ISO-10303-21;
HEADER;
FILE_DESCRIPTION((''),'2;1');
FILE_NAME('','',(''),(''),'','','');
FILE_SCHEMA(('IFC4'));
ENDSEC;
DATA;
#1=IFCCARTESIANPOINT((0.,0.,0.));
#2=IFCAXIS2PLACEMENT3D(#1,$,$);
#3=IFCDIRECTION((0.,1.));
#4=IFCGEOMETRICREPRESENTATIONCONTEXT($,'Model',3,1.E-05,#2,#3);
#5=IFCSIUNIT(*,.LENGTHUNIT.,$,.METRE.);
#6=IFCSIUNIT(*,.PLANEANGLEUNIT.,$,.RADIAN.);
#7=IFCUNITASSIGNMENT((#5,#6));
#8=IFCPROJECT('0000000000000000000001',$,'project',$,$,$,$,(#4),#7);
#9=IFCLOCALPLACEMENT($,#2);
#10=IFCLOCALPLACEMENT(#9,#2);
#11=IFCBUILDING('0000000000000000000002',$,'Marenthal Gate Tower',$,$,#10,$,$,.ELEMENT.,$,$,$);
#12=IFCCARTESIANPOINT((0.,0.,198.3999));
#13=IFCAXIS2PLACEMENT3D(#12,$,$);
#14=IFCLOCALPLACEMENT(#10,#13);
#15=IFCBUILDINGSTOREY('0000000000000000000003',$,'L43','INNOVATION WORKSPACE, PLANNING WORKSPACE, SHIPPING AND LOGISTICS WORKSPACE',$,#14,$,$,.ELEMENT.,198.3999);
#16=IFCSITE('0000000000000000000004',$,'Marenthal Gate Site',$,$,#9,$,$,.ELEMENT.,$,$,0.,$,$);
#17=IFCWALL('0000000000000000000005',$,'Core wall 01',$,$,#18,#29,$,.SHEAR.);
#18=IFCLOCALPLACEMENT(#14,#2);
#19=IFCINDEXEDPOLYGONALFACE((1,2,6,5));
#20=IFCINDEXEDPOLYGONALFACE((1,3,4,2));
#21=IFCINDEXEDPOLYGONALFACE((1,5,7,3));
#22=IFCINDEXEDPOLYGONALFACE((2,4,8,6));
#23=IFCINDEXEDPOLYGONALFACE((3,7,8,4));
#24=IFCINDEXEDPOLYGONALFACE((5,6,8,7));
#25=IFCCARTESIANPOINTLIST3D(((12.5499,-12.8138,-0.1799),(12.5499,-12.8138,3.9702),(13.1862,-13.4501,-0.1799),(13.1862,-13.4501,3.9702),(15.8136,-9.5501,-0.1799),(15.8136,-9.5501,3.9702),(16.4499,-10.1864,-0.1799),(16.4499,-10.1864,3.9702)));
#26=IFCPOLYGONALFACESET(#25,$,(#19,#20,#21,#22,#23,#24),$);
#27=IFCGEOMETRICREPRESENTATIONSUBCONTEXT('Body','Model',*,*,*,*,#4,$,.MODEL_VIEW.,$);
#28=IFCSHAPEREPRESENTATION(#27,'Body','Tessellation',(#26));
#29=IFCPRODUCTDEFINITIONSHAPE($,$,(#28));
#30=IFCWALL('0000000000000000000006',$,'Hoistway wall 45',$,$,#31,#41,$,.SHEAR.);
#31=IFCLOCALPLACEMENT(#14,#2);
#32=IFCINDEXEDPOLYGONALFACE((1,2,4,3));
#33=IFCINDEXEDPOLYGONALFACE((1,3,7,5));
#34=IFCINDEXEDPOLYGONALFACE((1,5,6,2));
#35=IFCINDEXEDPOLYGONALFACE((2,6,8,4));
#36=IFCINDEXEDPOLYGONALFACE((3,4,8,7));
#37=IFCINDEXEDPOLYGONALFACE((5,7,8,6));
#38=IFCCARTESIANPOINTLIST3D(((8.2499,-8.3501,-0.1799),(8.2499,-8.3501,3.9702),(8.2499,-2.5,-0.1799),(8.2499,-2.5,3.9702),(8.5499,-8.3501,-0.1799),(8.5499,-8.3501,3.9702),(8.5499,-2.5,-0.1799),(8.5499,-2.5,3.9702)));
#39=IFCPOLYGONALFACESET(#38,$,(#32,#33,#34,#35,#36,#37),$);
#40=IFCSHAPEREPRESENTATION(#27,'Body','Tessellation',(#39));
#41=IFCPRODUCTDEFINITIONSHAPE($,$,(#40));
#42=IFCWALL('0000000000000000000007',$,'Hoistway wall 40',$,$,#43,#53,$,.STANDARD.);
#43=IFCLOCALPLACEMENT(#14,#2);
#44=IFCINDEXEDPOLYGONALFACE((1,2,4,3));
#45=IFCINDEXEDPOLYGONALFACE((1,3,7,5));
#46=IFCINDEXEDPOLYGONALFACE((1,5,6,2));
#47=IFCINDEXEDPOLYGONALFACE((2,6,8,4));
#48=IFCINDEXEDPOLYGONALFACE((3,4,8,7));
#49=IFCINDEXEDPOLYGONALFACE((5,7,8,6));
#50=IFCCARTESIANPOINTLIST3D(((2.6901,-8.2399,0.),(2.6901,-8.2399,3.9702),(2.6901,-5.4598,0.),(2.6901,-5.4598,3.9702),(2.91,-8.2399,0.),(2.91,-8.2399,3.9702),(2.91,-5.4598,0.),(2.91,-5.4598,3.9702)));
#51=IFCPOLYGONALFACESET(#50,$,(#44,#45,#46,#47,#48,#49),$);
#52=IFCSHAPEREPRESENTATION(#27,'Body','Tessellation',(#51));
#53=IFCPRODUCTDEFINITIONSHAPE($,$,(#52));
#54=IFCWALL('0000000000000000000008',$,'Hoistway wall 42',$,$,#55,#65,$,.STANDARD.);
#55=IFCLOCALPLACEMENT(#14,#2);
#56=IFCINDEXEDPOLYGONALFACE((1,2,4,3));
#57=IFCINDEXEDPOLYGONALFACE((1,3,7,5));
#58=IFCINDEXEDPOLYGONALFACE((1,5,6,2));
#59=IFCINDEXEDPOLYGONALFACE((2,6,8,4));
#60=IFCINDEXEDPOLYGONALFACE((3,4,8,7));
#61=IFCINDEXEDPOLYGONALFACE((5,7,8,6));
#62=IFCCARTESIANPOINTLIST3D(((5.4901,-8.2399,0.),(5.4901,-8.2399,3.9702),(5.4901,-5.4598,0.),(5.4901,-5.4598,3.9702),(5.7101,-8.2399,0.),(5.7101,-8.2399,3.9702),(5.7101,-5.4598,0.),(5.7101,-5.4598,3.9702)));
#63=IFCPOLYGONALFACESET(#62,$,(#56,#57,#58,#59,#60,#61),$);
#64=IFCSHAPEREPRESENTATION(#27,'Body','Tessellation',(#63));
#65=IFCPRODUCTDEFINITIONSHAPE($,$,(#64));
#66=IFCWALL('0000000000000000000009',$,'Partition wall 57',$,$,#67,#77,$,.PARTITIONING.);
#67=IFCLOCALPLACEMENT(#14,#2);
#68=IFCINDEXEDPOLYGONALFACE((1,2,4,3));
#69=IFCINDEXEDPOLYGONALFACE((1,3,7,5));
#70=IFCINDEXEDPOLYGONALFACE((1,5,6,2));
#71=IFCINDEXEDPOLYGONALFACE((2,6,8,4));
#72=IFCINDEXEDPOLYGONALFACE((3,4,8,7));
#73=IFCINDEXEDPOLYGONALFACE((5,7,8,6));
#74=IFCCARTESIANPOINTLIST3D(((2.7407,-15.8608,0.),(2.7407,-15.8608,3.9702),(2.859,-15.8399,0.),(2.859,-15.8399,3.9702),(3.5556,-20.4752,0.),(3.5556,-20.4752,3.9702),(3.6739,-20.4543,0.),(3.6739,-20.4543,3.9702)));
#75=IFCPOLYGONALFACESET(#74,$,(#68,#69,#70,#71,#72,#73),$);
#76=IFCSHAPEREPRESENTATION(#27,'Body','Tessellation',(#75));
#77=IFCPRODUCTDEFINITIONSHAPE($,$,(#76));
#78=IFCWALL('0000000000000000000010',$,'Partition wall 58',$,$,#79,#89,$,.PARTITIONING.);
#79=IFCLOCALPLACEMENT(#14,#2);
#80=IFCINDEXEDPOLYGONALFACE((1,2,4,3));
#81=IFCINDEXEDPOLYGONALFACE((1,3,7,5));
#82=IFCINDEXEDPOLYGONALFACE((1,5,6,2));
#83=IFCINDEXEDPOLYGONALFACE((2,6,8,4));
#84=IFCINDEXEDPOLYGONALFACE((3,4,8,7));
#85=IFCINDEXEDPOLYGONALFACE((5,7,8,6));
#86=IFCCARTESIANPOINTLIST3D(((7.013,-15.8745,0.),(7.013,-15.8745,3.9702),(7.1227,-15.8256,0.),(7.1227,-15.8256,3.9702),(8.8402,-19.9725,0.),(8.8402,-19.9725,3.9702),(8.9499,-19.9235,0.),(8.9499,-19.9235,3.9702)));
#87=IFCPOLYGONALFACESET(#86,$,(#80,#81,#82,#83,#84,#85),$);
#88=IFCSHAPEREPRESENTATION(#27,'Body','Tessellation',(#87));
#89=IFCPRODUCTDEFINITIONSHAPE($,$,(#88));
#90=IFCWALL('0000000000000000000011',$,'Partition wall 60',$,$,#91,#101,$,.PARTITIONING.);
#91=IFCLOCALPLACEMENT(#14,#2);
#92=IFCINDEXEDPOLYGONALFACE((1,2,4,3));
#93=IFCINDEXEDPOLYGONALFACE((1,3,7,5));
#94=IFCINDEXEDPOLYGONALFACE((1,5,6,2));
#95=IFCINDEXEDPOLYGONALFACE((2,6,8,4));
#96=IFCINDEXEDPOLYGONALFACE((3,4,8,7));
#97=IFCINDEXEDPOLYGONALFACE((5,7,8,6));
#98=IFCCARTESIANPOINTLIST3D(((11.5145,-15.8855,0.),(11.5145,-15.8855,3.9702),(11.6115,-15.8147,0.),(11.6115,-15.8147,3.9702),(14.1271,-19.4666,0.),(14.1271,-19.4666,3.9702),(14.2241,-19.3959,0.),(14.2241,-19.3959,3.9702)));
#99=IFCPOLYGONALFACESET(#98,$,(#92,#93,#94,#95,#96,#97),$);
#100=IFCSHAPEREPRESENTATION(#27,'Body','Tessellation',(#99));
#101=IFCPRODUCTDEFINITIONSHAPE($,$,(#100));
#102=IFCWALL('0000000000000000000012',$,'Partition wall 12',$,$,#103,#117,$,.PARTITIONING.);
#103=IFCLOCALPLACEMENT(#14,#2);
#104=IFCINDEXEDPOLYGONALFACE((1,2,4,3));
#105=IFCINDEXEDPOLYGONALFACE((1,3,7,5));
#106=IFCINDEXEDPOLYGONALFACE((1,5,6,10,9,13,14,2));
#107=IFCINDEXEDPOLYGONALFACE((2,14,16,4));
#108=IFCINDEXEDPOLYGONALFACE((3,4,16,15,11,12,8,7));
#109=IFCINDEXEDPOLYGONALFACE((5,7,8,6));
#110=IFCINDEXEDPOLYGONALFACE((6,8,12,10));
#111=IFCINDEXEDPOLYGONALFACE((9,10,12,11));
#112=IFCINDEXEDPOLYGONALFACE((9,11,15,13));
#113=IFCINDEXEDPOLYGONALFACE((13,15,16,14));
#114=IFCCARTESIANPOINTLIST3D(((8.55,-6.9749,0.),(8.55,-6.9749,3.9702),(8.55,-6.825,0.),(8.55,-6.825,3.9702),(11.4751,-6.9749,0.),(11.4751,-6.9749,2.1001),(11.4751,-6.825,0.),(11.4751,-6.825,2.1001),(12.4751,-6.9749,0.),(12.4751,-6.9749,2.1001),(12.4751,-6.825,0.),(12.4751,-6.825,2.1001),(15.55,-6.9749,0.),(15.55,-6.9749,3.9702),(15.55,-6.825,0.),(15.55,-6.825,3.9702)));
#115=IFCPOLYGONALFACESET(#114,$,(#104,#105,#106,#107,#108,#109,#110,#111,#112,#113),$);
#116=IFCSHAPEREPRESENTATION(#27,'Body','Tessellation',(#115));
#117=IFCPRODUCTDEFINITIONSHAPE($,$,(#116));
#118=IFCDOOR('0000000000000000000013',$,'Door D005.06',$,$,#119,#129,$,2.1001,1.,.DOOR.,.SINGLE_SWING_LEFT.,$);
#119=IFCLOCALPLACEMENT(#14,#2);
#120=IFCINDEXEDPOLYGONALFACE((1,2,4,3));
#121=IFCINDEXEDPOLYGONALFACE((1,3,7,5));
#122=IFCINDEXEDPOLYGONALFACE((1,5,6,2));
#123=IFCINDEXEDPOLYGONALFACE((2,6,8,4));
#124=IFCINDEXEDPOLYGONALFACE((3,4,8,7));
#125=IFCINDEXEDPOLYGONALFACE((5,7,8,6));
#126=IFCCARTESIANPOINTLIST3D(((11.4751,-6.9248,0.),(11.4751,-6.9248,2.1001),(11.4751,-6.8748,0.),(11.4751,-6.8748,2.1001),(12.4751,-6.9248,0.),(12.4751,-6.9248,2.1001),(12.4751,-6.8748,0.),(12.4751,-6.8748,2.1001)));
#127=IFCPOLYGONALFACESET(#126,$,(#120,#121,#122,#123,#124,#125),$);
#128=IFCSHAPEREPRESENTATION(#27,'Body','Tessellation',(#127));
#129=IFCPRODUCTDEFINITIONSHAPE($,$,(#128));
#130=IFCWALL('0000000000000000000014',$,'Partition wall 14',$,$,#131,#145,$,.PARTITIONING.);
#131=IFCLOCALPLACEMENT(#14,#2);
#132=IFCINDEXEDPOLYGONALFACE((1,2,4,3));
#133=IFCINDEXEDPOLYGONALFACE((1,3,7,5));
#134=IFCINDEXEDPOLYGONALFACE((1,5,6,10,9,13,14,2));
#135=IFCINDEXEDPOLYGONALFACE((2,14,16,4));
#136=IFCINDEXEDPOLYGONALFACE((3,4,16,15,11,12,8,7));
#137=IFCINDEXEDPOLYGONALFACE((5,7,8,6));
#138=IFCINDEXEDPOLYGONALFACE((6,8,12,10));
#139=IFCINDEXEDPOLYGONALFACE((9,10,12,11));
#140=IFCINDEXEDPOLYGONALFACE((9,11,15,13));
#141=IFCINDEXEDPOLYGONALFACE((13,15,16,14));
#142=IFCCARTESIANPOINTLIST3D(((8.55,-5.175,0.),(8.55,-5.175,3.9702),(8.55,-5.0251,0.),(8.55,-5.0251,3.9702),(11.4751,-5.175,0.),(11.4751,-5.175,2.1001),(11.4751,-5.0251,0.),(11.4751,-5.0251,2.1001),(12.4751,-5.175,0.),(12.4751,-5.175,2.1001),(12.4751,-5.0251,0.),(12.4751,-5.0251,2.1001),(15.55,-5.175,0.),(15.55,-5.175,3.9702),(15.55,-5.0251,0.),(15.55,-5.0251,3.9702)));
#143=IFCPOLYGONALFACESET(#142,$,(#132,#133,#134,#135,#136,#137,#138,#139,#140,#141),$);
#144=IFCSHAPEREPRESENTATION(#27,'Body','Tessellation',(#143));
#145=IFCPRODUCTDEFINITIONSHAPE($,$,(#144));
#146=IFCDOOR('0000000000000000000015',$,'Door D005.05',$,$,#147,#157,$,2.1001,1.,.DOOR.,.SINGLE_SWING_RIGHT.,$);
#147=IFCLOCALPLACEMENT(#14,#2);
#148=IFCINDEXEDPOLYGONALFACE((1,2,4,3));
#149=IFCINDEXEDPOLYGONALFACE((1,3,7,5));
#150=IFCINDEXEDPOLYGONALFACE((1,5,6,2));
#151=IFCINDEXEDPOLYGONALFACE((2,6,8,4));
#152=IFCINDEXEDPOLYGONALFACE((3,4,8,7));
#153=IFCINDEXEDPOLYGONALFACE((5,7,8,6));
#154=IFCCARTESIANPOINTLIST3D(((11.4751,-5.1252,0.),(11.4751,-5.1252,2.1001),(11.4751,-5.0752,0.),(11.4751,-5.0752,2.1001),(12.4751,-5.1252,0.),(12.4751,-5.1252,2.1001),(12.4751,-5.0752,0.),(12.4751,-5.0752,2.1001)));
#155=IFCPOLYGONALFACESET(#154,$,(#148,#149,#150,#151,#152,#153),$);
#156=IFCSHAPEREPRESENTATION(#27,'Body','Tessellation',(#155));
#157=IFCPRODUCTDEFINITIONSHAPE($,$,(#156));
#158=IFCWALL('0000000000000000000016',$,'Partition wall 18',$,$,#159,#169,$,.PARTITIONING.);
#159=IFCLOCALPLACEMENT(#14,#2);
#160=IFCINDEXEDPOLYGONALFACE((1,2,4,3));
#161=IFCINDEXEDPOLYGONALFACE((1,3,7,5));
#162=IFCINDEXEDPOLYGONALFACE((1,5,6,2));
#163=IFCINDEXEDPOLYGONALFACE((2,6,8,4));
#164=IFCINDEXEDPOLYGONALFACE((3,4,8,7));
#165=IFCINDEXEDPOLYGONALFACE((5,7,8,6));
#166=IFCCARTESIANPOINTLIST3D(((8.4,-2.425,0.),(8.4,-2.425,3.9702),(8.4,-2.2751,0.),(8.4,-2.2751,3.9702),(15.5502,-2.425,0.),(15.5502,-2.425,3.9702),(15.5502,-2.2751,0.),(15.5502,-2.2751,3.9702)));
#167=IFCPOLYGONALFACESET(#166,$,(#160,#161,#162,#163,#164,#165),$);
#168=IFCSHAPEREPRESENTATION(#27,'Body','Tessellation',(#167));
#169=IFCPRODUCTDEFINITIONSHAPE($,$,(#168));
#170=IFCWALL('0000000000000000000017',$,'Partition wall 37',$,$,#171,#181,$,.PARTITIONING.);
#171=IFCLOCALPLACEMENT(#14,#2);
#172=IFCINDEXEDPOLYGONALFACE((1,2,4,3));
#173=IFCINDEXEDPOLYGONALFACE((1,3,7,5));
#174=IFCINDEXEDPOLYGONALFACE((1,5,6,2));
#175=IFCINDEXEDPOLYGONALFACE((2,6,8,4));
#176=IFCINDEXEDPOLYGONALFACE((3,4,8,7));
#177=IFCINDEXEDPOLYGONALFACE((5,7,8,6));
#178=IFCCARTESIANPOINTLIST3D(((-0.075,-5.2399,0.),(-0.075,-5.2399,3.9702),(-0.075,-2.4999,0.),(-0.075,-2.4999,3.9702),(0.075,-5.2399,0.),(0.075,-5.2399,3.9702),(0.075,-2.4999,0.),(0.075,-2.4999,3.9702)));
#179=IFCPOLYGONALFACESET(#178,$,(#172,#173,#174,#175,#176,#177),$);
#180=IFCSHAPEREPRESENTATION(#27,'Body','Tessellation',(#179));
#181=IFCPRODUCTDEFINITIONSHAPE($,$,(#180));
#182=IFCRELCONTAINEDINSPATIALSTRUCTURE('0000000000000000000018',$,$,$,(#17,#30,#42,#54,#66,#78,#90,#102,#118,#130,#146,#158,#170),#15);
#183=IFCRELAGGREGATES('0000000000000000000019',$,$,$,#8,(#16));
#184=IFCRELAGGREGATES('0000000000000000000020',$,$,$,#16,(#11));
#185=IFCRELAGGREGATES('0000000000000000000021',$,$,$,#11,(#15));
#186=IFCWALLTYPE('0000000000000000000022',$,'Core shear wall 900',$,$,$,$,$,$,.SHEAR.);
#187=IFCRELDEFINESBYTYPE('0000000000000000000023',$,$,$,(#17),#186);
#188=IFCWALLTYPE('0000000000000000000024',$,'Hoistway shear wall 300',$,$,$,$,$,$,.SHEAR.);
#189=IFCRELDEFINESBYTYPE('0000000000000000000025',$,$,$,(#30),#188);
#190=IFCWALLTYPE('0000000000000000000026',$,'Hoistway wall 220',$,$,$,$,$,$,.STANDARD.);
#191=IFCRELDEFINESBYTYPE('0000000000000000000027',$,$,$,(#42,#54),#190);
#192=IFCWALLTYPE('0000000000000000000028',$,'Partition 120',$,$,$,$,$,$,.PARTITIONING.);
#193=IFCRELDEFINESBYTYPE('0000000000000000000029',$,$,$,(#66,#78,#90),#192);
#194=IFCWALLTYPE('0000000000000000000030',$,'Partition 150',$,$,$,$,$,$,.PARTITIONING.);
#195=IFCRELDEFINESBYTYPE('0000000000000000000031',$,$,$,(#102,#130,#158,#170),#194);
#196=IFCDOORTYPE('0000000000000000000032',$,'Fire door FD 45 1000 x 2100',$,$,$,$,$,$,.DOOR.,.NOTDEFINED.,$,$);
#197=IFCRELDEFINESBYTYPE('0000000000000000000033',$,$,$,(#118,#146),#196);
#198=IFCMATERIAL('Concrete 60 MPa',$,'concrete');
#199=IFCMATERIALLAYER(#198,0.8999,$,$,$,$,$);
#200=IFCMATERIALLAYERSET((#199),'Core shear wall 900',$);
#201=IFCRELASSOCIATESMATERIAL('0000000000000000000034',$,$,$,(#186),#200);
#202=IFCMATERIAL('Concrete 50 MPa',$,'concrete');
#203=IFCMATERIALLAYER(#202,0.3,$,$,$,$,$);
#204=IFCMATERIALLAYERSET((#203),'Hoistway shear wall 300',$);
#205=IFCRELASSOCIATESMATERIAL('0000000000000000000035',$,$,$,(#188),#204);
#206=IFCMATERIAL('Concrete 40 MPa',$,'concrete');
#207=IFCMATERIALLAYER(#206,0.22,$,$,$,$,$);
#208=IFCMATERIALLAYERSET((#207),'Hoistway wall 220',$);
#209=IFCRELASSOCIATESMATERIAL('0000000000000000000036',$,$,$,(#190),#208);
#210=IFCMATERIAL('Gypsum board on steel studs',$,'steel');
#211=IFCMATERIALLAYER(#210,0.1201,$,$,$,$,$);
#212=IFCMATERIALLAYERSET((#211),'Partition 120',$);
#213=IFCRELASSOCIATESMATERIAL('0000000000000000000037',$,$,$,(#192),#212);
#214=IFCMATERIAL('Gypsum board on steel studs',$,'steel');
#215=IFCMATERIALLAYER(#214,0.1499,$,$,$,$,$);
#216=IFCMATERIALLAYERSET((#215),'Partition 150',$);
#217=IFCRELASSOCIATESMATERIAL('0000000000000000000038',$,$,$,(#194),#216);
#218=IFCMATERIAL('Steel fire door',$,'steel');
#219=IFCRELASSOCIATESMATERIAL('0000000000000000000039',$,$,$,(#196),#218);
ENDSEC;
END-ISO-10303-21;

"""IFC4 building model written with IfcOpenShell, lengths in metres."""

from ifc_helpers import new_model, si_unit, direction, frame, frame_2d, origin, place, context, subcontext, project, spatial, rectangle, extrude, material, layer, layer_set, type_object, element, fill, save


model = new_model("IFC4")

# Units and contexts
model_context = context("Model", 3, precision=1e-05, world=origin(), true_north=direction((0.0, 1.0)))
body_context = subcontext(model_context, "Body", "Model", "MODEL_VIEW")
ifc_project = project(units=[si_unit("LENGTHUNIT", "METRE"), si_unit("PLANEANGLEUNIT", "RADIAN")], contexts=[model_context])

# Site, building, storey
site_placement = place(None, origin())
site = spatial("IfcSite", under=ifc_project, at=site_placement, Name="Marenthal Gate Site", CompositionType="ELEMENT", RefElevation=0.0)
building_placement = place(site_placement, origin())
building = spatial("IfcBuilding", under=site, at=building_placement, Name="Marenthal Gate Tower", CompositionType="ELEMENT")
storey_placement = place(building_placement, frame((0.0, 0.0, 198.3999)))
storey = spatial("IfcBuildingStorey", under=building, at=storey_placement, Name="L43", Description="INNOVATION WORKSPACE, PLANNING WORKSPACE, SHIPPING AND LOGISTICS WORKSPACE", CompositionType="ELEMENT", Elevation=198.3999)

# Walls
ifc_material_1 = material(Name="Concrete 60 MPa", Category="concrete")
ifc_layer_1 = layer(ifc_material_1, 0.8999)
ifc_layer_set_1 = layer_set([ifc_layer_1], Name="Core shear wall 900")
wall_type_1 = type_object("IfcWallType", Name="Core shear wall 900", PredefinedType="SHEAR", material=ifc_layer_set_1)
wall_1_placement = place(storey_placement, frame((12.8682, -13.1318, -0.1799), z_axis=(0.0, 0.0, 1.0), x_axis=(0.707107, 0.707107, 0.0)))
element("IfcWall", 1, at=wall_1_placement, inside=storey, type_object=wall_type_1, Name="Core wall 01", PredefinedType="SHEAR", context=body_context, shape_type="SweptSolid", body=[
    extrude(rectangle(XDim=4.6155, YDim=0.8999, at=frame_2d((2.3076, 0.0))), origin(), (0.0, 0.0, 1.0), 4.1501),
])
ifc_material_2 = material(Name="Concrete 50 MPa", Category="concrete")
ifc_layer_2 = layer(ifc_material_2, 0.3)
ifc_layer_set_2 = layer_set([ifc_layer_2], Name="Hoistway shear wall 300")
wall_type_2 = type_object("IfcWallType", Name="Hoistway shear wall 300", PredefinedType="SHEAR", material=ifc_layer_set_2)
wall_2_placement = place(storey_placement, frame((8.3999, -8.3501, -0.1799), z_axis=(0.0, 0.0, 1.0), x_axis=(0.0, 1.0, 0.0)))
element("IfcWall", 2, at=wall_2_placement, inside=storey, type_object=wall_type_2, Name="Hoistway wall 45", PredefinedType="SHEAR", context=body_context, shape_type="SweptSolid", body=[
    extrude(rectangle(XDim=5.8501, YDim=0.3, at=frame_2d((2.925, 0.0))), origin(), (0.0, 0.0, 1.0), 4.1501),
])
ifc_material_3 = material(Name="Concrete 40 MPa", Category="concrete")
ifc_layer_3 = layer(ifc_material_3, 0.22)
ifc_layer_set_3 = layer_set([ifc_layer_3], Name="Hoistway wall 220")
wall_type_3 = type_object("IfcWallType", Name="Hoistway wall 220", PredefinedType="STANDARD", material=ifc_layer_set_3)
for number, where, z_axis, x_axis, name in (
    (3, (2.8, -8.24, 0.0), (0.0, 0.0, 1.0), (0.0, 1.0, 0.0), "Hoistway wall 40"),
    (4, (5.6001, -8.24, 0.0), (0.0, 0.0, 1.0), (0.0, 1.0, 0.0), "Hoistway wall 42"),
):
    element("IfcWall", number, at=place(storey_placement, frame(where, z_axis=z_axis, x_axis=x_axis)), inside=storey, type_object=wall_type_3, Name=name, PredefinedType="STANDARD", context=body_context, shape_type="SweptSolid", body=[
        extrude(rectangle(XDim=2.78, YDim=0.22, at=frame_2d((1.3901, 0.0))), origin(), (0.0, 0.0, 1.0), 3.9702),
    ])
ifc_material_4 = material(Name="Gypsum board on steel studs", Category="steel")
ifc_layer_4 = layer(ifc_material_4, 0.1201)
ifc_layer_set_4 = layer_set([ifc_layer_4], Name="Partition 120")
wall_type_4 = type_object("IfcWallType", Name="Partition 120", PredefinedType="PARTITIONING", material=ifc_layer_set_4)
wall_3_placement = place(storey_placement, frame((3.6147, -20.4646, 0.0), z_axis=(0.0, 0.0, 1.0), x_axis=(-0.173913, 0.984761, 0.0)))
element("IfcWall", 5, at=wall_3_placement, inside=storey, type_object=wall_type_4, Name="Partition wall 57", PredefinedType="PARTITIONING", context=body_context, shape_type="SweptSolid", body=[
    extrude(rectangle(XDim=4.6858, YDim=0.1201, at=frame_2d((2.3428, 0.0))), origin(), (0.0, 0.0, 1.0), 3.9702),
])
wall_4_placement = place(storey_placement, frame((8.895, -19.948, 0.0), z_axis=(0.0, 0.0, 1.0), x_axis=(-0.407229, 0.913326, 0.0)))
element("IfcWall", 6, at=wall_4_placement, inside=storey, type_object=wall_type_4, Name="Partition wall 58", PredefinedType="PARTITIONING", context=body_context, shape_type="SweptSolid", body=[
    extrude(rectangle(XDim=4.4868, YDim=0.1201, at=frame_2d((2.2434, 0.0))), origin(), (0.0, 0.0, 1.0), 3.9702),
])
wall_5_placement = place(storey_placement, frame((14.1755, -19.4312, 0.0), z_axis=(0.0, 0.0, 1.0), x_axis=(-0.589373, 0.807861, 0.0)))
element("IfcWall", 7, at=wall_5_placement, inside=storey, type_object=wall_type_4, Name="Partition wall 60", PredefinedType="PARTITIONING", context=body_context, shape_type="SweptSolid", body=[
    extrude(rectangle(XDim=4.4329, YDim=0.1201, at=frame_2d((2.2163, 0.0))), origin(), (0.0, 0.0, 1.0), 3.9702),
])

# Walls, openings, doors
ifc_material_5 = material(Name="Gypsum board on steel studs", Category="steel")
ifc_layer_5 = layer(ifc_material_5, 0.1499)
ifc_layer_set_5 = layer_set([ifc_layer_5], Name="Partition 150")
wall_type_5 = type_object("IfcWallType", Name="Partition 150", PredefinedType="PARTITIONING", material=ifc_layer_set_5)
wall_6_placement = place(storey_placement, frame((8.55, -6.8999, 0.0), z_axis=(0.0, 0.0, 1.0), x_axis=(1.0, 0.0, 0.0)))
wall_6 = element("IfcWall", 8, at=wall_6_placement, inside=storey, type_object=wall_type_5, Name="Partition wall 12", PredefinedType="PARTITIONING", context=body_context, shape_type="SweptSolid", body=[
    extrude(rectangle(XDim=7.0, YDim=0.1499, at=frame_2d((3.5, 0.0))), origin(), (0.0, 0.0, 1.0), 3.9702),
])
opening_1_placement = place(wall_6_placement, frame((2.925, 0.0, 0.0)))
opening_1 = element("IfcOpeningElement", 9, at=opening_1_placement, cuts=wall_6, PredefinedType="OPENING", context=body_context, shape_type="SweptSolid", body=[
    extrude(rectangle(XDim=1.0, YDim=2.1001, at=frame_2d((0.5, 1.05))), frame((0.0, 0.085, 0.0), z_axis=(0.0, -1.0, 0.0), x_axis=(1.0, 0.0, 0.0)), (0.0, 0.0, 1.0), 0.1699),
])
ifc_material_6 = material(Name="Steel fire door", Category="steel")
door_type = type_object("IfcDoorType", Name="Fire door FD 45 1000 x 2100", OperationType="NOTDEFINED", PredefinedType="DOOR", material=ifc_material_6)
door_1_placement = place(opening_1_placement, frame((1.0, 0.0, 0.0), z_axis=(0.0, 0.0, 1.0), x_axis=(-1.0, 0.0, 0.0)))
door_1 = element("IfcDoor", 10, at=door_1_placement, inside=storey, type_object=door_type, Name="Door D005.06", OperationType="SINGLE_SWING_LEFT", OverallHeight=2.1001, OverallWidth=1.0, PredefinedType="DOOR", context=body_context, shape_type="SweptSolid", body=[
    extrude(rectangle(XDim=1.0, YDim=2.1001, at=frame_2d((0.5, 1.05))), frame((0.0, 0.0249, 0.0), z_axis=(0.0, -1.0, 0.0), x_axis=(1.0, 0.0, 0.0)), (0.0, 0.0, 1.0), 0.05),
])
fill(opening_1, door_1)
wall_7_placement = place(storey_placement, frame((8.55, -5.1001, 0.0), z_axis=(0.0, 0.0, 1.0), x_axis=(1.0, 0.0, 0.0)))
wall_7 = element("IfcWall", 11, at=wall_7_placement, inside=storey, type_object=wall_type_5, Name="Partition wall 14", PredefinedType="PARTITIONING", context=body_context, shape_type="SweptSolid", body=[
    extrude(rectangle(XDim=7.0, YDim=0.1499, at=frame_2d((3.5, 0.0))), origin(), (0.0, 0.0, 1.0), 3.9702),
])
opening_2_placement = place(wall_7_placement, frame((2.925, 0.0, 0.0)))
opening_2 = element("IfcOpeningElement", 12, at=opening_2_placement, cuts=wall_7, PredefinedType="OPENING", context=body_context, shape_type="SweptSolid", body=[
    extrude(rectangle(XDim=1.0, YDim=2.1001, at=frame_2d((0.5, 1.05))), frame((0.0, 0.085, 0.0), z_axis=(0.0, -1.0, 0.0), x_axis=(1.0, 0.0, 0.0)), (0.0, 0.0, 1.0), 0.1699),
])
door_2_placement = place(opening_2_placement, origin())
door_2 = element("IfcDoor", 13, at=door_2_placement, inside=storey, type_object=door_type, Name="Door D005.05", OperationType="SINGLE_SWING_RIGHT", OverallHeight=2.1001, OverallWidth=1.0, PredefinedType="DOOR", context=body_context, shape_type="SweptSolid", body=[
    extrude(rectangle(XDim=1.0, YDim=2.1001, at=frame_2d((0.5, 1.05))), frame((0.0, 0.0249, 0.0), z_axis=(0.0, -1.0, 0.0), x_axis=(1.0, 0.0, 0.0)), (0.0, 0.0, 1.0), 0.05),
])
fill(opening_2, door_2)

# Walls
wall_8_placement = place(storey_placement, frame((8.3999, -2.3501, 0.0), z_axis=(0.0, 0.0, 1.0), x_axis=(1.0, 0.0, 0.0)))
element("IfcWall", 14, at=wall_8_placement, inside=storey, type_object=wall_type_5, Name="Partition wall 18", PredefinedType="PARTITIONING", context=body_context, shape_type="SweptSolid", body=[
    extrude(rectangle(XDim=7.1501, YDim=0.1499, at=frame_2d((3.5752, 0.0))), origin(), (0.0, 0.0, 1.0), 3.9702),
])
wall_9_placement = place(storey_placement, frame((0.0, -5.24, 0.0), z_axis=(0.0, 0.0, 1.0), x_axis=(0.0, 1.0, 0.0)))
element("IfcWall", 15, at=wall_9_placement, inside=storey, type_object=wall_type_5, Name="Partition wall 37", PredefinedType="PARTITIONING", context=body_context, shape_type="SweptSolid", body=[
    extrude(rectangle(XDim=2.74, YDim=0.1499, at=frame_2d((1.3701, 0.0))), origin(), (0.0, 0.0, 1.0), 3.9702),
])

save(model, "model.ifc")
